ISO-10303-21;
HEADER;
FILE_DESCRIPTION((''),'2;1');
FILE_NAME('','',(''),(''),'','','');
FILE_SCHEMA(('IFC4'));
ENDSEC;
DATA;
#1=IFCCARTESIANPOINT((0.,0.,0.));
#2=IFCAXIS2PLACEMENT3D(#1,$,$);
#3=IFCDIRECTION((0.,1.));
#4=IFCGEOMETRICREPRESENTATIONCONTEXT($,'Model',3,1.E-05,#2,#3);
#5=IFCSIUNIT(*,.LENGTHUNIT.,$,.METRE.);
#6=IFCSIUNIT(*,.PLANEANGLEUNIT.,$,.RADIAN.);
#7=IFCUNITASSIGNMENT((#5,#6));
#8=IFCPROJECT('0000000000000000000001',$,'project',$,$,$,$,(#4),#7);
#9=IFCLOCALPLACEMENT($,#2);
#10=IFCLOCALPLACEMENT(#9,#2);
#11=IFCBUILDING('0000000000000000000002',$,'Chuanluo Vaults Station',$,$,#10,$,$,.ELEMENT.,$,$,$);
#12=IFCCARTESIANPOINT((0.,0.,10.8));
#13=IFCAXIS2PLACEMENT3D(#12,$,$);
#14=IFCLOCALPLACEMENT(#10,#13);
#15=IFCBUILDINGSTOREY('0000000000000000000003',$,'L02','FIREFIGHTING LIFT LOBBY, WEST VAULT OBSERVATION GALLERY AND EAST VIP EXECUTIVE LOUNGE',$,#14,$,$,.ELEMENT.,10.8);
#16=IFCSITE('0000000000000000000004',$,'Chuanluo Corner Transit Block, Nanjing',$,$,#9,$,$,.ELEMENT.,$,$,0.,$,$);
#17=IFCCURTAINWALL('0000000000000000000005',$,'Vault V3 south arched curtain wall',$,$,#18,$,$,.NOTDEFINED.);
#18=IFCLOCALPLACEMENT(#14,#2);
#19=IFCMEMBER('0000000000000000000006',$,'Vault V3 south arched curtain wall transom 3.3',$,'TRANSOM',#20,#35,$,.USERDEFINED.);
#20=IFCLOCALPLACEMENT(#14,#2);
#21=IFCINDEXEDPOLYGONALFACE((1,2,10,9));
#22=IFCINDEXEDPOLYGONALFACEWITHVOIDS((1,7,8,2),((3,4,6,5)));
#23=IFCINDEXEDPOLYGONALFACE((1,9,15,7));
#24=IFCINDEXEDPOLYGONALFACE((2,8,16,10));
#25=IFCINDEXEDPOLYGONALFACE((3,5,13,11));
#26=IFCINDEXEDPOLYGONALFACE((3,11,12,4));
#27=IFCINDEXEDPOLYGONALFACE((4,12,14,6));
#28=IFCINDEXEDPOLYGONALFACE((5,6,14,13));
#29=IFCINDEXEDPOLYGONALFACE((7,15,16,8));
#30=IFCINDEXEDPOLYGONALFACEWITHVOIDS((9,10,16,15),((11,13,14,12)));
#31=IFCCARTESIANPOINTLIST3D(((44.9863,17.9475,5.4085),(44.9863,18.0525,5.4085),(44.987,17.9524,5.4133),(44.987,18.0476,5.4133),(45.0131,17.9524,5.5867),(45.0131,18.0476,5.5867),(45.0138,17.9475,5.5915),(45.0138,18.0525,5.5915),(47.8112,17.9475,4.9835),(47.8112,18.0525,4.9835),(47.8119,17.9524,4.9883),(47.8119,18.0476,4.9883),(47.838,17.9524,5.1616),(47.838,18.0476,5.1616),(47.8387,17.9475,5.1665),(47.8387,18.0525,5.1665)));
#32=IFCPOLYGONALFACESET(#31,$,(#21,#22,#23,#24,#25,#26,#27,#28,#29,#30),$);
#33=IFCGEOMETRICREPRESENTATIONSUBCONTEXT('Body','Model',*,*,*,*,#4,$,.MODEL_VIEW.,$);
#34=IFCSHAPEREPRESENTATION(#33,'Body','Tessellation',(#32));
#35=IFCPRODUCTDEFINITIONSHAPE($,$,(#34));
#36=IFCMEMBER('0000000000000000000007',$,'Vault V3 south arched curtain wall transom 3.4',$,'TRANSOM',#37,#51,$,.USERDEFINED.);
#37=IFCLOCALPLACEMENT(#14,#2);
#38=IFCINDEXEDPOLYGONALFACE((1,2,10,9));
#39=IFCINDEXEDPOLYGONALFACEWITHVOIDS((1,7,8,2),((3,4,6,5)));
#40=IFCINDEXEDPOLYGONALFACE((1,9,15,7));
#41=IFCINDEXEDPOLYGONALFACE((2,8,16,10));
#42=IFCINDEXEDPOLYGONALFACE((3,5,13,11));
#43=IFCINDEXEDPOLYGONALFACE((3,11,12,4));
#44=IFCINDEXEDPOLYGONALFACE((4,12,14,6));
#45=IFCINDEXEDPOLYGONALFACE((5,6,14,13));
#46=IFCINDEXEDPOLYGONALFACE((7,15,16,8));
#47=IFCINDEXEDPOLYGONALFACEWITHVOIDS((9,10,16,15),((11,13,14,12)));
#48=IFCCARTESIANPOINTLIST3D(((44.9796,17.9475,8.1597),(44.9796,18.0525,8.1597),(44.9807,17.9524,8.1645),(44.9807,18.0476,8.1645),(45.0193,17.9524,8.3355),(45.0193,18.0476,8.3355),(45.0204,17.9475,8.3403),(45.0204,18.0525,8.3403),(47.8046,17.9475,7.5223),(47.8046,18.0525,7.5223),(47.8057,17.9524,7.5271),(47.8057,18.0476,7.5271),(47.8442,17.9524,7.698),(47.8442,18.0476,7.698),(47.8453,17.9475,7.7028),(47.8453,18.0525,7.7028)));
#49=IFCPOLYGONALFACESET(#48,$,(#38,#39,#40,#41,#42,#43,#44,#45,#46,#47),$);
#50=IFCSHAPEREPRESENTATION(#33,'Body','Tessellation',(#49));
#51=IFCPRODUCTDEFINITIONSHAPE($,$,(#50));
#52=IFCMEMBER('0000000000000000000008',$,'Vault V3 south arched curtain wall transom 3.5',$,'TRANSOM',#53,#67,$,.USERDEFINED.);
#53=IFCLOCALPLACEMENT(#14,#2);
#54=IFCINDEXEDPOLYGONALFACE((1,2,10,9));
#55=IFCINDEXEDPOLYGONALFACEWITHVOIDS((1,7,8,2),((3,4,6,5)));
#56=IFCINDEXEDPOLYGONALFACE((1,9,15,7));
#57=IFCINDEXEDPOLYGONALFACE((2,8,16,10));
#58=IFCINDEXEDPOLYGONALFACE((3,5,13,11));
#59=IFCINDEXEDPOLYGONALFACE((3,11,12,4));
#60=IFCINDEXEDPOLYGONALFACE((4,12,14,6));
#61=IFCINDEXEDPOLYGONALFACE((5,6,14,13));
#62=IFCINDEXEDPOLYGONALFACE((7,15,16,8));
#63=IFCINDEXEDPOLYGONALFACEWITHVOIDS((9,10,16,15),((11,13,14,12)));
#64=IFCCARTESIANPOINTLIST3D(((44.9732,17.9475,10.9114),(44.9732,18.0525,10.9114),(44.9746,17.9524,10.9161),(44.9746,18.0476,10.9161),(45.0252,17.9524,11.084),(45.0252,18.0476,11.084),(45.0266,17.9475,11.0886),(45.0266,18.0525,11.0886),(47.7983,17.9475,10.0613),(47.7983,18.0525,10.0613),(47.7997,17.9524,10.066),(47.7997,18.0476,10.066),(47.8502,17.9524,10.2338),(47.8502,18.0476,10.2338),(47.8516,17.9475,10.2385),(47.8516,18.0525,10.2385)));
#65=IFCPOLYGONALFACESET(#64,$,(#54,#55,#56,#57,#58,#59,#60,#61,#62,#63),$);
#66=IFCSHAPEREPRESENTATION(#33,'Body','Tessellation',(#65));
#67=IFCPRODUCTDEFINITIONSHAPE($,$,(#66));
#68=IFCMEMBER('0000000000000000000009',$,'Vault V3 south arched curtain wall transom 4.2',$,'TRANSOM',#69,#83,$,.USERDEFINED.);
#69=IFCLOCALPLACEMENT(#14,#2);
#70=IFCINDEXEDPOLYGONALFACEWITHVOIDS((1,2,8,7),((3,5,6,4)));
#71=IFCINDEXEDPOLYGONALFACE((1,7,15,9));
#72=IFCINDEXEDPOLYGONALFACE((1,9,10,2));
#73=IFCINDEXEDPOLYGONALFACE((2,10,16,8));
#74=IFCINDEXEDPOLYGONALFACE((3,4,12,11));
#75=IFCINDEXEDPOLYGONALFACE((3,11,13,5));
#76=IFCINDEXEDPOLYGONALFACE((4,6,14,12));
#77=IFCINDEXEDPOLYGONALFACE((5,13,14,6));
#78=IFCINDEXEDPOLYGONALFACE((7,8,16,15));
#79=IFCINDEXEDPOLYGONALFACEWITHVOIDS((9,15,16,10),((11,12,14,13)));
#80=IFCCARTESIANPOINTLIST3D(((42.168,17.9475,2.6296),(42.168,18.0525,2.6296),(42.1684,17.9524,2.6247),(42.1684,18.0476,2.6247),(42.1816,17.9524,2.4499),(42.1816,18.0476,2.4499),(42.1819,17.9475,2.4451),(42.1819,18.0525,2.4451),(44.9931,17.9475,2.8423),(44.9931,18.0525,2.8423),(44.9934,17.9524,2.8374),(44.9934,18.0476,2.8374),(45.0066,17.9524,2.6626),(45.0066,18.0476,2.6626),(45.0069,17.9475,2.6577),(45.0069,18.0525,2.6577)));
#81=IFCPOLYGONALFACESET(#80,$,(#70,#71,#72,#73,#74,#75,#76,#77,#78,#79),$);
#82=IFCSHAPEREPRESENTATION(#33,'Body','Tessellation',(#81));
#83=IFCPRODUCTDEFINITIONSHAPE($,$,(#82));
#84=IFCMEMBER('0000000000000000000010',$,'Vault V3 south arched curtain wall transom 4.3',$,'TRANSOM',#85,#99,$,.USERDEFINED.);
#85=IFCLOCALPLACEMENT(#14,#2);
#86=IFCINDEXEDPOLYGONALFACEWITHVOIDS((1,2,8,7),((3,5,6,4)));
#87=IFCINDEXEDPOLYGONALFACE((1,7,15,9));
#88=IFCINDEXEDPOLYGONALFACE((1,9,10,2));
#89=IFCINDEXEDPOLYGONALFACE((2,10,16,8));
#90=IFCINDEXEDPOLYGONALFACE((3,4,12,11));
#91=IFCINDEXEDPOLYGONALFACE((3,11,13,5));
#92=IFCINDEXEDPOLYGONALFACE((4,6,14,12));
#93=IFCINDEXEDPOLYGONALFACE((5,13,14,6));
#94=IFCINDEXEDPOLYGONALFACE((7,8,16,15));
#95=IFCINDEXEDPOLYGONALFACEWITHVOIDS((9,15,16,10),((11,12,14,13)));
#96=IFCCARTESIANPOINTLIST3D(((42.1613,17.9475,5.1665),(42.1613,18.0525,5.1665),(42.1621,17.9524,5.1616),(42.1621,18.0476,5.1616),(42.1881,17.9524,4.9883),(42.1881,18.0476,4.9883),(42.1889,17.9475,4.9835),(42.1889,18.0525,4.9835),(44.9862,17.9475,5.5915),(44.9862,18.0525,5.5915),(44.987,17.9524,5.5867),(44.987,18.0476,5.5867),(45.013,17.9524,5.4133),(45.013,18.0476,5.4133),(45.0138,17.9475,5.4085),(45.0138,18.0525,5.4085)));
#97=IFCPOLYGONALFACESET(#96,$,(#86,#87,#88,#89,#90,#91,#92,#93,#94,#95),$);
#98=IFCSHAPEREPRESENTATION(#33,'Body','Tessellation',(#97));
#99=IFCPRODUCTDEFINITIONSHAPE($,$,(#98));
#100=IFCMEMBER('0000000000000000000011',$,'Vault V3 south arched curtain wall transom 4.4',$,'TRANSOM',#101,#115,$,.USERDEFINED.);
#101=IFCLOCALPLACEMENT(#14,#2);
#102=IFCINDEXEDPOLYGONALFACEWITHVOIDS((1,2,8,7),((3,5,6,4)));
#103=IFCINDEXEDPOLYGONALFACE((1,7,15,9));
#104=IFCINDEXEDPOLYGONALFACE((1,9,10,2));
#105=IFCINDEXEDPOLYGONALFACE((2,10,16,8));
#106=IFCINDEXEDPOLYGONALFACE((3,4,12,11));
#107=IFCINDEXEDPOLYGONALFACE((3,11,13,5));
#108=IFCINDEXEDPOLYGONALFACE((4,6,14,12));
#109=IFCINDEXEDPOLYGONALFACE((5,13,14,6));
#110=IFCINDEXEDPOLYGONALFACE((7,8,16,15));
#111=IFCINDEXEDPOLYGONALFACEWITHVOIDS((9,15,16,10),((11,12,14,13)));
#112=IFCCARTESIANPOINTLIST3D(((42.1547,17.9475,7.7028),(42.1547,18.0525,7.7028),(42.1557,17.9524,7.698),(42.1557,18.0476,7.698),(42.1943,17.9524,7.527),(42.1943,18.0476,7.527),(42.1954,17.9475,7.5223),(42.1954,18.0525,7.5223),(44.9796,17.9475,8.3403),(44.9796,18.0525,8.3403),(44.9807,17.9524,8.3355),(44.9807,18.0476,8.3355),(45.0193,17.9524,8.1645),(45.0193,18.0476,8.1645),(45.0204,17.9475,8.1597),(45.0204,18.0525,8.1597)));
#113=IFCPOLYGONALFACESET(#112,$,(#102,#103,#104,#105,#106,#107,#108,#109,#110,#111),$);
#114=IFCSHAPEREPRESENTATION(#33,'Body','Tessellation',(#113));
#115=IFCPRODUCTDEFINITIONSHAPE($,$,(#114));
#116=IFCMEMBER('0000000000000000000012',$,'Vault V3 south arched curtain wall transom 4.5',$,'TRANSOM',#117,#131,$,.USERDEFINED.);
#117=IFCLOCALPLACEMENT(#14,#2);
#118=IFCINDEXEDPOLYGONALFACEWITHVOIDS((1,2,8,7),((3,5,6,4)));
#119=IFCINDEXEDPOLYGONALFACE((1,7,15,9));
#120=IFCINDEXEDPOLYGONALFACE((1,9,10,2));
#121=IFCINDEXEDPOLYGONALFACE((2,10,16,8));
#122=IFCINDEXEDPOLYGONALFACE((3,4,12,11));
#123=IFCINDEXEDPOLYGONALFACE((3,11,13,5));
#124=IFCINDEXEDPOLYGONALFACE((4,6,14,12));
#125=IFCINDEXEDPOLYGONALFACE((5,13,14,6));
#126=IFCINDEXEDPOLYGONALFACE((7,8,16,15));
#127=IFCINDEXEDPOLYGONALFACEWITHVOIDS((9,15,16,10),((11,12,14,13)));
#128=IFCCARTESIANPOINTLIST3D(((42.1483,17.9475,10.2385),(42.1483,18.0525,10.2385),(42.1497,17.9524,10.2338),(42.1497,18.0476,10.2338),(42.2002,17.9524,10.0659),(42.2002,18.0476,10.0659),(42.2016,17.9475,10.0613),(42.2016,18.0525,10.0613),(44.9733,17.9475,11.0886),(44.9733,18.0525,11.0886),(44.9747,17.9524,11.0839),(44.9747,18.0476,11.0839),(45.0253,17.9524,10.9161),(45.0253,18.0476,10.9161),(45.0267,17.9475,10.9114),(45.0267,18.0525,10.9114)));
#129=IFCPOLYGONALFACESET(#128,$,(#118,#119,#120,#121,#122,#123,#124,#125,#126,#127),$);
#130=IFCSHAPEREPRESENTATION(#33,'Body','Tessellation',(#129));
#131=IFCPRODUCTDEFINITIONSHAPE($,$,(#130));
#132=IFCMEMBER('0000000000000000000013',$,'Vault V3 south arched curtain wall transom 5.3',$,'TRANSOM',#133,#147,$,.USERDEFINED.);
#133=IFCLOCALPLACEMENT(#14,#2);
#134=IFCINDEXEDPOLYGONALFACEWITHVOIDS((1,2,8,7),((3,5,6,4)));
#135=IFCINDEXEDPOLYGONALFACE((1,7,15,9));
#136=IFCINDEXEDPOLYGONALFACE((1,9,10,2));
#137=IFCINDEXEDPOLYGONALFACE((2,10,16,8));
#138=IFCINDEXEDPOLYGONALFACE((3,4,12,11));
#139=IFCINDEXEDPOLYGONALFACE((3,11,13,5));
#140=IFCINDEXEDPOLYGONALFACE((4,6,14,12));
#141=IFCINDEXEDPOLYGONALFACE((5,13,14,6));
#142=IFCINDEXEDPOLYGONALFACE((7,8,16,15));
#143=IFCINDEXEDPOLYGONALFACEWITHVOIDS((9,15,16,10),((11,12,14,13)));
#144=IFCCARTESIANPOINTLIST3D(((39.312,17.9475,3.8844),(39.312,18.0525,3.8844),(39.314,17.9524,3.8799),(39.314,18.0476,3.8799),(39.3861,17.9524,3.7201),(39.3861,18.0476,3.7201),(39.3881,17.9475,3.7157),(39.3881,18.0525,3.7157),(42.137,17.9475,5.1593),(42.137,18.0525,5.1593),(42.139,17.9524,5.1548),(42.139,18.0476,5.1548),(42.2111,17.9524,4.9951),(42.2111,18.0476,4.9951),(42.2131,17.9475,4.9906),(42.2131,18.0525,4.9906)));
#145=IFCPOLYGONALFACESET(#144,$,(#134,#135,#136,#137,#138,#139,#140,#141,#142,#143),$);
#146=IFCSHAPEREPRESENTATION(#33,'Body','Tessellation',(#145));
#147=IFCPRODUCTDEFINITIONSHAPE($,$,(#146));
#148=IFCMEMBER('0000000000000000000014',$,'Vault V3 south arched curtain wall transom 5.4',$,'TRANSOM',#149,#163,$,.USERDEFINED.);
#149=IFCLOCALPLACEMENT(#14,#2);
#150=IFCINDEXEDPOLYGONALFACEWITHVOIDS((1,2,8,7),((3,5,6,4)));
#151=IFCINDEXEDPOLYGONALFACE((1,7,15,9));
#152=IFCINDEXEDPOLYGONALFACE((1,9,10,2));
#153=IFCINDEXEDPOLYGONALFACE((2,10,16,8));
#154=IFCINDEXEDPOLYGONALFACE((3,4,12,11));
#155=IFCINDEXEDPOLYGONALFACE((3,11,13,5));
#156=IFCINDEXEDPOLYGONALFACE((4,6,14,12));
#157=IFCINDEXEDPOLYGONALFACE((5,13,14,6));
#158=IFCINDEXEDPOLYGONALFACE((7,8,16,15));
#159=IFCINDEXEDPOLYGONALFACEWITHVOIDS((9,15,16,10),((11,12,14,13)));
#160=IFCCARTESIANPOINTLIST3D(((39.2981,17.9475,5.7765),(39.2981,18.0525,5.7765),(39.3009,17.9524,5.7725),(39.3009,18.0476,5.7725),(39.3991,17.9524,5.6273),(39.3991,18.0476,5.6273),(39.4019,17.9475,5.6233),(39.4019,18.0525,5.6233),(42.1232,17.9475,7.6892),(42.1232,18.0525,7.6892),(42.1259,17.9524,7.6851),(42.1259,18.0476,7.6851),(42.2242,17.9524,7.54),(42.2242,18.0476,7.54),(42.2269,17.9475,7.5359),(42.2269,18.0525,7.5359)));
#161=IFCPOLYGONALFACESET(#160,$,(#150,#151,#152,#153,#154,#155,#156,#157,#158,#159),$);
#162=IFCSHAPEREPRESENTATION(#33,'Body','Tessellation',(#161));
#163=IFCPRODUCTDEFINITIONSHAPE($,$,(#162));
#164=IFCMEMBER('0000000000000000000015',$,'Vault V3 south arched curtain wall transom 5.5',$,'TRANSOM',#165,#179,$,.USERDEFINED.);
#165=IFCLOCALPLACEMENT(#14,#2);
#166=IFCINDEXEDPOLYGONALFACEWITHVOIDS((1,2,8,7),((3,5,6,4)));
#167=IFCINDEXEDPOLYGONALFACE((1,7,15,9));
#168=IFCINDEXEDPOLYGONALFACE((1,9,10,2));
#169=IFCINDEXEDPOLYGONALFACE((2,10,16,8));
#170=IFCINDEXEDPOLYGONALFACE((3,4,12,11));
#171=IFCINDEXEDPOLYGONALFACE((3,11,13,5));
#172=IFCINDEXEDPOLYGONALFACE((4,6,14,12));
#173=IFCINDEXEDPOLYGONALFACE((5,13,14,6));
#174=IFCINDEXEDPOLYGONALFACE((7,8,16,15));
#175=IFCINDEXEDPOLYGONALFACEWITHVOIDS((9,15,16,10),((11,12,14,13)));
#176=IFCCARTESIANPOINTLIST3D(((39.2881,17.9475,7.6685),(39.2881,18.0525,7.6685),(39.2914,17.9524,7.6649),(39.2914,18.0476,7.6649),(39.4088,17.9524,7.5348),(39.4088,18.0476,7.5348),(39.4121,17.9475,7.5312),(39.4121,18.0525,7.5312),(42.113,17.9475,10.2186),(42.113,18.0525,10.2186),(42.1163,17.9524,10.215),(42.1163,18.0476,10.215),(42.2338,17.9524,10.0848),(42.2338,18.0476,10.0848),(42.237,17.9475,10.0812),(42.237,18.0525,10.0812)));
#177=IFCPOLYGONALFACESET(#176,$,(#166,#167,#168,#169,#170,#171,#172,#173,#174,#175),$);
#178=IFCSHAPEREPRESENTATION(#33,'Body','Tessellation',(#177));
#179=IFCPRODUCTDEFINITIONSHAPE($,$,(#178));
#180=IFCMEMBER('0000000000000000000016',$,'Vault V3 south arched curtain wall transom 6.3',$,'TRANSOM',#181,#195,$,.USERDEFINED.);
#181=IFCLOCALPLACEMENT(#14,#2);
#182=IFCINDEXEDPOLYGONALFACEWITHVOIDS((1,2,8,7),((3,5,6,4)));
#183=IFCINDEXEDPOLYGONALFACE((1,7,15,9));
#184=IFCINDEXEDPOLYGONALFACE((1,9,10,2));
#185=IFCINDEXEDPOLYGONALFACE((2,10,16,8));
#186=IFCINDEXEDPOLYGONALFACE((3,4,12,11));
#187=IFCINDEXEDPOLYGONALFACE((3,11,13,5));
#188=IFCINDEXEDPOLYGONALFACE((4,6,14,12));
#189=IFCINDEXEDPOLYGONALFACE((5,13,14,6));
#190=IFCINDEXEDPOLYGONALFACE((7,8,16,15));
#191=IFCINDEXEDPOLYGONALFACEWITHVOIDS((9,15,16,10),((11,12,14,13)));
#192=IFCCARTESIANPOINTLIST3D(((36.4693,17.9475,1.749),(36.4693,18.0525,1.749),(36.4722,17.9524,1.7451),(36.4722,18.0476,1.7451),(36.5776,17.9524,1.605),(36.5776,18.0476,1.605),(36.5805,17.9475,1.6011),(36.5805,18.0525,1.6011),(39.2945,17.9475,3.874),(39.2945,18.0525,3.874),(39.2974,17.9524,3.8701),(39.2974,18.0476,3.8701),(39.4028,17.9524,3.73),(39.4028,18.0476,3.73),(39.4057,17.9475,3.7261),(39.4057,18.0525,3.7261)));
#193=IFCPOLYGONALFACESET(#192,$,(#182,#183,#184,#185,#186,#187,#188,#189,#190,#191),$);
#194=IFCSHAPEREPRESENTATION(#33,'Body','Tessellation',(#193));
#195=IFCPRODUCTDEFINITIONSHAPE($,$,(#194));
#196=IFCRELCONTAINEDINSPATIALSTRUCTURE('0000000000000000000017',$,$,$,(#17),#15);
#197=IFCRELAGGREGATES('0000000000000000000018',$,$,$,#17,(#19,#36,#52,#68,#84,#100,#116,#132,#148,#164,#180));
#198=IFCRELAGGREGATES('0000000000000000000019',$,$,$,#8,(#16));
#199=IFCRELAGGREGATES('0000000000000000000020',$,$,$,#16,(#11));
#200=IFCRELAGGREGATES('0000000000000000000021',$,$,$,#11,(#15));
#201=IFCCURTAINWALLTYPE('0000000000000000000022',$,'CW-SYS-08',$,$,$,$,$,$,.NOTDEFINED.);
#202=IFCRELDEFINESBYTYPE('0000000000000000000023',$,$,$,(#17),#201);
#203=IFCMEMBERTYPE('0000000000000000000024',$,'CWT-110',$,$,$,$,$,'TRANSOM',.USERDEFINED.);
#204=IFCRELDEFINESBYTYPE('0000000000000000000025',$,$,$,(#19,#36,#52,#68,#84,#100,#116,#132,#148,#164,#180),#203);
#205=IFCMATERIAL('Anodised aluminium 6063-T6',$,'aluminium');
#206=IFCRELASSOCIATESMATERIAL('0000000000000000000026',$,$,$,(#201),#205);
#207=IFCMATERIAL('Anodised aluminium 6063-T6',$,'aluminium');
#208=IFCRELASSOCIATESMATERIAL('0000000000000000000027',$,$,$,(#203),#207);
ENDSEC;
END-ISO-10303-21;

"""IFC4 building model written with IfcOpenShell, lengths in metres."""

from ifc_helpers import new_model, si_unit, direction, frame, origin, origin_2d, place, context, subcontext, project, spatial, hollow_rectangle, extrude, material, material_profile, profile_set, type_object, element, aggregate, save


model = new_model("IFC4")

# Units and contexts
model_context = context("Model", 3, precision=1e-05, world=origin(), true_north=direction((0.0, 1.0)))
body_context = subcontext(model_context, "Body", "Model", "MODEL_VIEW")
ifc_project = project(units=[si_unit("LENGTHUNIT", "METRE"), si_unit("PLANEANGLEUNIT", "RADIAN")], contexts=[model_context])

# Site, building, storey
site_placement = place(None, origin())
site = spatial("IfcSite", under=ifc_project, at=site_placement, Name="Chuanluo Corner Transit Block, Nanjing", CompositionType="ELEMENT", RefElevation=0.0)
building_placement = place(site_placement, origin())
building = spatial("IfcBuilding", under=site, at=building_placement, Name="Chuanluo Vaults Station", CompositionType="ELEMENT")
storey_placement = place(building_placement, frame((0.0, 0.0, 10.8)))
storey = spatial("IfcBuildingStorey", under=building, at=storey_placement, Name="L02", Description="FIREFIGHTING LIFT LOBBY, WEST VAULT OBSERVATION GALLERY AND EAST VIP EXECUTIVE LOUNGE", CompositionType="ELEMENT", Elevation=10.8)

# Curtain wall, members
ifc_material_1 = material(Name="Anodised aluminium 6063-T6", Category="aluminium")
curtain_wall_type = type_object("IfcCurtainWallType", Name="CW-SYS-08", PredefinedType="NOTDEFINED", material=ifc_material_1)
curtain_wall_placement = place(storey_placement, origin())
curtain_wall = element("IfcCurtainWall", 1, at=curtain_wall_placement, inside=storey, type_object=curtain_wall_type, Name="Vault V3 south arched curtain wall", PredefinedType="NOTDEFINED")
ifc_material_2 = material(Name="Anodised aluminium 6063-T6", Category="aluminium")
ifc_material_profile = material_profile(ifc_material_2, hollow_rectangle(XDim=0.105, YDim=0.1851, WallThickness=0.0049, at=origin_2d()))
ifc_profile_set = profile_set([ifc_material_profile], Name="Anodised aluminium 6063-T6")
member_type = type_object("IfcMemberType", Name="CWT-110", ElementType="TRANSOM", PredefinedType="USERDEFINED", material=ifc_profile_set)
member_1_placement = place(storey_placement, frame((47.825, 18.0, 5.075), z_axis=(-0.988869, 0.0, 0.148788), x_axis=(0.0, -1.0, 0.0)))
member_1 = element("IfcMember", 2, at=member_1_placement, type_object=member_type, Name="Vault V3 south arched curtain wall transom 3.3", ObjectType="TRANSOM", PredefinedType="USERDEFINED", context=body_context, shape_type="SweptSolid", body=[
    extrude(hollow_rectangle(XDim=0.105, YDim=0.1851, WallThickness=0.0049, at=origin_2d()), origin(), (0.0, 0.0, 1.0), 2.8567),
])
member_2_placement = place(storey_placement, frame((47.825, 18.0, 7.6125), z_axis=(-0.975474, 0.0, 0.220116), x_axis=(0.0, -1.0, 0.0)))
member_2 = element("IfcMember", 3, at=member_2_placement, type_object=member_type, Name="Vault V3 south arched curtain wall transom 3.4", ObjectType="TRANSOM", PredefinedType="USERDEFINED", context=body_context, shape_type="SweptSolid", body=[
    extrude(hollow_rectangle(XDim=0.105, YDim=0.1851, WallThickness=0.0049, at=origin_2d()), origin(), (0.0, 0.0, 1.0), 2.896),
])
member_3_placement = place(storey_placement, frame((47.825, 18.0, 10.1499), z_axis=(-0.957582, 0.0, 0.28816), x_axis=(0.0, -1.0, 0.0)))
member_3 = element("IfcMember", 4, at=member_3_placement, type_object=member_type, Name="Vault V3 south arched curtain wall transom 3.5", ObjectType="TRANSOM", PredefinedType="USERDEFINED", context=body_context, shape_type="SweptSolid", body=[
    extrude(hollow_rectangle(XDim=0.105, YDim=0.1851, WallThickness=0.0049, at=origin_2d()), origin(), (0.0, 0.0, 1.0), 2.9502),
])
member_4_placement = place(storey_placement, frame((45.0, 18.0, 2.75), z_axis=(-0.997179, 0.0, -0.075062), x_axis=(0.0, -1.0, 0.0)))
member_4 = element("IfcMember", 5, at=member_4_placement, type_object=member_type, Name="Vault V3 south arched curtain wall transom 4.2", ObjectType="TRANSOM", PredefinedType="USERDEFINED", context=body_context, shape_type="SweptSolid", body=[
    extrude(hollow_rectangle(XDim=0.105, YDim=0.1851, WallThickness=0.0049, at=origin_2d()), origin(), (0.0, 0.0, 1.0), 2.833),
])
member_5_placement = place(storey_placement, frame((45.0, 18.0, 5.5), z_axis=(-0.988869, 0.0, -0.148788), x_axis=(0.0, -1.0, 0.0)))
member_5 = element("IfcMember", 6, at=member_5_placement, type_object=member_type, Name="Vault V3 south arched curtain wall transom 4.3", ObjectType="TRANSOM", PredefinedType="USERDEFINED", context=body_context, shape_type="SweptSolid", body=[
    extrude(hollow_rectangle(XDim=0.105, YDim=0.1851, WallThickness=0.0049, at=origin_2d()), origin(), (0.0, 0.0, 1.0), 2.8567),
])
member_6_placement = place(storey_placement, frame((45.0, 18.0, 8.25), z_axis=(-0.975474, 0.0, -0.220116), x_axis=(0.0, -1.0, 0.0)))
member_6 = element("IfcMember", 7, at=member_6_placement, type_object=member_type, Name="Vault V3 south arched curtain wall transom 4.4", ObjectType="TRANSOM", PredefinedType="USERDEFINED", context=body_context, shape_type="SweptSolid", body=[
    extrude(hollow_rectangle(XDim=0.105, YDim=0.1851, WallThickness=0.0049, at=origin_2d()), origin(), (0.0, 0.0, 1.0), 2.896),
])
member_7_placement = place(storey_placement, frame((45.0, 18.0, 11.0), z_axis=(-0.957582, 0.0, -0.28816), x_axis=(0.0, -1.0, 0.0)))
member_7 = element("IfcMember", 8, at=member_7_placement, type_object=member_type, Name="Vault V3 south arched curtain wall transom 4.5", ObjectType="TRANSOM", PredefinedType="USERDEFINED", context=body_context, shape_type="SweptSolid", body=[
    extrude(hollow_rectangle(XDim=0.105, YDim=0.1851, WallThickness=0.0049, at=origin_2d()), origin(), (0.0, 0.0, 1.0), 2.9502),
])
member_8_placement = place(storey_placement, frame((42.175, 18.0, 5.075), z_axis=(-0.911477, 0.0, -0.41135), x_axis=(0.0, -1.0, 0.0)))
member_8 = element("IfcMember", 9, at=member_8_placement, type_object=member_type, Name="Vault V3 south arched curtain wall transom 5.3", ObjectType="TRANSOM", PredefinedType="USERDEFINED", context=body_context, shape_type="SweptSolid", body=[
    extrude(hollow_rectangle(XDim=0.105, YDim=0.1851, WallThickness=0.0049, at=origin_2d()), origin(), (0.0, 0.0, 1.0), 3.0994),
])
member_9_placement = place(storey_placement, frame((42.175, 18.0, 7.6125), z_axis=(-0.828066, 0.0, -0.560631), x_axis=(0.0, -1.0, 0.0)))
member_9 = element("IfcMember", 10, at=member_9_placement, type_object=member_type, Name="Vault V3 south arched curtain wall transom 5.4", ObjectType="TRANSOM", PredefinedType="USERDEFINED", context=body_context, shape_type="SweptSolid", body=[
    extrude(hollow_rectangle(XDim=0.105, YDim=0.1851, WallThickness=0.0049, at=origin_2d()), origin(), (0.0, 0.0, 1.0), 3.4116),
])
member_10_placement = place(storey_placement, frame((42.175, 18.0, 10.1499), z_axis=(-0.742301, 0.0, -0.670066), x_axis=(0.0, -1.0, 0.0)))
member_10 = element("IfcMember", 11, at=member_10_placement, type_object=member_type, Name="Vault V3 south arched curtain wall transom 5.5", ObjectType="TRANSOM", PredefinedType="USERDEFINED", context=body_context, shape_type="SweptSolid", body=[
    extrude(hollow_rectangle(XDim=0.105, YDim=0.1851, WallThickness=0.0049, at=origin_2d()), origin(), (0.0, 0.0, 1.0), 3.8057),
])
member_11_placement = place(storey_placement, frame((39.3501, 18.0, 3.8), z_axis=(-0.799171, 0.0, -0.601104), x_axis=(0.0, -1.0, 0.0)))
member_11 = element("IfcMember", 12, at=member_11_placement, type_object=member_type, Name="Vault V3 south arched curtain wall transom 6.3", ObjectType="TRANSOM", PredefinedType="USERDEFINED", context=body_context, shape_type="SweptSolid", body=[
    extrude(hollow_rectangle(XDim=0.105, YDim=0.1851, WallThickness=0.0049, at=origin_2d()), origin(), (0.0, 0.0, 1.0), 3.5352),
])
aggregate(curtain_wall, [member_1, member_2, member_3, member_4, member_5, member_6, member_7, member_8, member_9, member_10, member_11])

save(model, "model.ifc")
